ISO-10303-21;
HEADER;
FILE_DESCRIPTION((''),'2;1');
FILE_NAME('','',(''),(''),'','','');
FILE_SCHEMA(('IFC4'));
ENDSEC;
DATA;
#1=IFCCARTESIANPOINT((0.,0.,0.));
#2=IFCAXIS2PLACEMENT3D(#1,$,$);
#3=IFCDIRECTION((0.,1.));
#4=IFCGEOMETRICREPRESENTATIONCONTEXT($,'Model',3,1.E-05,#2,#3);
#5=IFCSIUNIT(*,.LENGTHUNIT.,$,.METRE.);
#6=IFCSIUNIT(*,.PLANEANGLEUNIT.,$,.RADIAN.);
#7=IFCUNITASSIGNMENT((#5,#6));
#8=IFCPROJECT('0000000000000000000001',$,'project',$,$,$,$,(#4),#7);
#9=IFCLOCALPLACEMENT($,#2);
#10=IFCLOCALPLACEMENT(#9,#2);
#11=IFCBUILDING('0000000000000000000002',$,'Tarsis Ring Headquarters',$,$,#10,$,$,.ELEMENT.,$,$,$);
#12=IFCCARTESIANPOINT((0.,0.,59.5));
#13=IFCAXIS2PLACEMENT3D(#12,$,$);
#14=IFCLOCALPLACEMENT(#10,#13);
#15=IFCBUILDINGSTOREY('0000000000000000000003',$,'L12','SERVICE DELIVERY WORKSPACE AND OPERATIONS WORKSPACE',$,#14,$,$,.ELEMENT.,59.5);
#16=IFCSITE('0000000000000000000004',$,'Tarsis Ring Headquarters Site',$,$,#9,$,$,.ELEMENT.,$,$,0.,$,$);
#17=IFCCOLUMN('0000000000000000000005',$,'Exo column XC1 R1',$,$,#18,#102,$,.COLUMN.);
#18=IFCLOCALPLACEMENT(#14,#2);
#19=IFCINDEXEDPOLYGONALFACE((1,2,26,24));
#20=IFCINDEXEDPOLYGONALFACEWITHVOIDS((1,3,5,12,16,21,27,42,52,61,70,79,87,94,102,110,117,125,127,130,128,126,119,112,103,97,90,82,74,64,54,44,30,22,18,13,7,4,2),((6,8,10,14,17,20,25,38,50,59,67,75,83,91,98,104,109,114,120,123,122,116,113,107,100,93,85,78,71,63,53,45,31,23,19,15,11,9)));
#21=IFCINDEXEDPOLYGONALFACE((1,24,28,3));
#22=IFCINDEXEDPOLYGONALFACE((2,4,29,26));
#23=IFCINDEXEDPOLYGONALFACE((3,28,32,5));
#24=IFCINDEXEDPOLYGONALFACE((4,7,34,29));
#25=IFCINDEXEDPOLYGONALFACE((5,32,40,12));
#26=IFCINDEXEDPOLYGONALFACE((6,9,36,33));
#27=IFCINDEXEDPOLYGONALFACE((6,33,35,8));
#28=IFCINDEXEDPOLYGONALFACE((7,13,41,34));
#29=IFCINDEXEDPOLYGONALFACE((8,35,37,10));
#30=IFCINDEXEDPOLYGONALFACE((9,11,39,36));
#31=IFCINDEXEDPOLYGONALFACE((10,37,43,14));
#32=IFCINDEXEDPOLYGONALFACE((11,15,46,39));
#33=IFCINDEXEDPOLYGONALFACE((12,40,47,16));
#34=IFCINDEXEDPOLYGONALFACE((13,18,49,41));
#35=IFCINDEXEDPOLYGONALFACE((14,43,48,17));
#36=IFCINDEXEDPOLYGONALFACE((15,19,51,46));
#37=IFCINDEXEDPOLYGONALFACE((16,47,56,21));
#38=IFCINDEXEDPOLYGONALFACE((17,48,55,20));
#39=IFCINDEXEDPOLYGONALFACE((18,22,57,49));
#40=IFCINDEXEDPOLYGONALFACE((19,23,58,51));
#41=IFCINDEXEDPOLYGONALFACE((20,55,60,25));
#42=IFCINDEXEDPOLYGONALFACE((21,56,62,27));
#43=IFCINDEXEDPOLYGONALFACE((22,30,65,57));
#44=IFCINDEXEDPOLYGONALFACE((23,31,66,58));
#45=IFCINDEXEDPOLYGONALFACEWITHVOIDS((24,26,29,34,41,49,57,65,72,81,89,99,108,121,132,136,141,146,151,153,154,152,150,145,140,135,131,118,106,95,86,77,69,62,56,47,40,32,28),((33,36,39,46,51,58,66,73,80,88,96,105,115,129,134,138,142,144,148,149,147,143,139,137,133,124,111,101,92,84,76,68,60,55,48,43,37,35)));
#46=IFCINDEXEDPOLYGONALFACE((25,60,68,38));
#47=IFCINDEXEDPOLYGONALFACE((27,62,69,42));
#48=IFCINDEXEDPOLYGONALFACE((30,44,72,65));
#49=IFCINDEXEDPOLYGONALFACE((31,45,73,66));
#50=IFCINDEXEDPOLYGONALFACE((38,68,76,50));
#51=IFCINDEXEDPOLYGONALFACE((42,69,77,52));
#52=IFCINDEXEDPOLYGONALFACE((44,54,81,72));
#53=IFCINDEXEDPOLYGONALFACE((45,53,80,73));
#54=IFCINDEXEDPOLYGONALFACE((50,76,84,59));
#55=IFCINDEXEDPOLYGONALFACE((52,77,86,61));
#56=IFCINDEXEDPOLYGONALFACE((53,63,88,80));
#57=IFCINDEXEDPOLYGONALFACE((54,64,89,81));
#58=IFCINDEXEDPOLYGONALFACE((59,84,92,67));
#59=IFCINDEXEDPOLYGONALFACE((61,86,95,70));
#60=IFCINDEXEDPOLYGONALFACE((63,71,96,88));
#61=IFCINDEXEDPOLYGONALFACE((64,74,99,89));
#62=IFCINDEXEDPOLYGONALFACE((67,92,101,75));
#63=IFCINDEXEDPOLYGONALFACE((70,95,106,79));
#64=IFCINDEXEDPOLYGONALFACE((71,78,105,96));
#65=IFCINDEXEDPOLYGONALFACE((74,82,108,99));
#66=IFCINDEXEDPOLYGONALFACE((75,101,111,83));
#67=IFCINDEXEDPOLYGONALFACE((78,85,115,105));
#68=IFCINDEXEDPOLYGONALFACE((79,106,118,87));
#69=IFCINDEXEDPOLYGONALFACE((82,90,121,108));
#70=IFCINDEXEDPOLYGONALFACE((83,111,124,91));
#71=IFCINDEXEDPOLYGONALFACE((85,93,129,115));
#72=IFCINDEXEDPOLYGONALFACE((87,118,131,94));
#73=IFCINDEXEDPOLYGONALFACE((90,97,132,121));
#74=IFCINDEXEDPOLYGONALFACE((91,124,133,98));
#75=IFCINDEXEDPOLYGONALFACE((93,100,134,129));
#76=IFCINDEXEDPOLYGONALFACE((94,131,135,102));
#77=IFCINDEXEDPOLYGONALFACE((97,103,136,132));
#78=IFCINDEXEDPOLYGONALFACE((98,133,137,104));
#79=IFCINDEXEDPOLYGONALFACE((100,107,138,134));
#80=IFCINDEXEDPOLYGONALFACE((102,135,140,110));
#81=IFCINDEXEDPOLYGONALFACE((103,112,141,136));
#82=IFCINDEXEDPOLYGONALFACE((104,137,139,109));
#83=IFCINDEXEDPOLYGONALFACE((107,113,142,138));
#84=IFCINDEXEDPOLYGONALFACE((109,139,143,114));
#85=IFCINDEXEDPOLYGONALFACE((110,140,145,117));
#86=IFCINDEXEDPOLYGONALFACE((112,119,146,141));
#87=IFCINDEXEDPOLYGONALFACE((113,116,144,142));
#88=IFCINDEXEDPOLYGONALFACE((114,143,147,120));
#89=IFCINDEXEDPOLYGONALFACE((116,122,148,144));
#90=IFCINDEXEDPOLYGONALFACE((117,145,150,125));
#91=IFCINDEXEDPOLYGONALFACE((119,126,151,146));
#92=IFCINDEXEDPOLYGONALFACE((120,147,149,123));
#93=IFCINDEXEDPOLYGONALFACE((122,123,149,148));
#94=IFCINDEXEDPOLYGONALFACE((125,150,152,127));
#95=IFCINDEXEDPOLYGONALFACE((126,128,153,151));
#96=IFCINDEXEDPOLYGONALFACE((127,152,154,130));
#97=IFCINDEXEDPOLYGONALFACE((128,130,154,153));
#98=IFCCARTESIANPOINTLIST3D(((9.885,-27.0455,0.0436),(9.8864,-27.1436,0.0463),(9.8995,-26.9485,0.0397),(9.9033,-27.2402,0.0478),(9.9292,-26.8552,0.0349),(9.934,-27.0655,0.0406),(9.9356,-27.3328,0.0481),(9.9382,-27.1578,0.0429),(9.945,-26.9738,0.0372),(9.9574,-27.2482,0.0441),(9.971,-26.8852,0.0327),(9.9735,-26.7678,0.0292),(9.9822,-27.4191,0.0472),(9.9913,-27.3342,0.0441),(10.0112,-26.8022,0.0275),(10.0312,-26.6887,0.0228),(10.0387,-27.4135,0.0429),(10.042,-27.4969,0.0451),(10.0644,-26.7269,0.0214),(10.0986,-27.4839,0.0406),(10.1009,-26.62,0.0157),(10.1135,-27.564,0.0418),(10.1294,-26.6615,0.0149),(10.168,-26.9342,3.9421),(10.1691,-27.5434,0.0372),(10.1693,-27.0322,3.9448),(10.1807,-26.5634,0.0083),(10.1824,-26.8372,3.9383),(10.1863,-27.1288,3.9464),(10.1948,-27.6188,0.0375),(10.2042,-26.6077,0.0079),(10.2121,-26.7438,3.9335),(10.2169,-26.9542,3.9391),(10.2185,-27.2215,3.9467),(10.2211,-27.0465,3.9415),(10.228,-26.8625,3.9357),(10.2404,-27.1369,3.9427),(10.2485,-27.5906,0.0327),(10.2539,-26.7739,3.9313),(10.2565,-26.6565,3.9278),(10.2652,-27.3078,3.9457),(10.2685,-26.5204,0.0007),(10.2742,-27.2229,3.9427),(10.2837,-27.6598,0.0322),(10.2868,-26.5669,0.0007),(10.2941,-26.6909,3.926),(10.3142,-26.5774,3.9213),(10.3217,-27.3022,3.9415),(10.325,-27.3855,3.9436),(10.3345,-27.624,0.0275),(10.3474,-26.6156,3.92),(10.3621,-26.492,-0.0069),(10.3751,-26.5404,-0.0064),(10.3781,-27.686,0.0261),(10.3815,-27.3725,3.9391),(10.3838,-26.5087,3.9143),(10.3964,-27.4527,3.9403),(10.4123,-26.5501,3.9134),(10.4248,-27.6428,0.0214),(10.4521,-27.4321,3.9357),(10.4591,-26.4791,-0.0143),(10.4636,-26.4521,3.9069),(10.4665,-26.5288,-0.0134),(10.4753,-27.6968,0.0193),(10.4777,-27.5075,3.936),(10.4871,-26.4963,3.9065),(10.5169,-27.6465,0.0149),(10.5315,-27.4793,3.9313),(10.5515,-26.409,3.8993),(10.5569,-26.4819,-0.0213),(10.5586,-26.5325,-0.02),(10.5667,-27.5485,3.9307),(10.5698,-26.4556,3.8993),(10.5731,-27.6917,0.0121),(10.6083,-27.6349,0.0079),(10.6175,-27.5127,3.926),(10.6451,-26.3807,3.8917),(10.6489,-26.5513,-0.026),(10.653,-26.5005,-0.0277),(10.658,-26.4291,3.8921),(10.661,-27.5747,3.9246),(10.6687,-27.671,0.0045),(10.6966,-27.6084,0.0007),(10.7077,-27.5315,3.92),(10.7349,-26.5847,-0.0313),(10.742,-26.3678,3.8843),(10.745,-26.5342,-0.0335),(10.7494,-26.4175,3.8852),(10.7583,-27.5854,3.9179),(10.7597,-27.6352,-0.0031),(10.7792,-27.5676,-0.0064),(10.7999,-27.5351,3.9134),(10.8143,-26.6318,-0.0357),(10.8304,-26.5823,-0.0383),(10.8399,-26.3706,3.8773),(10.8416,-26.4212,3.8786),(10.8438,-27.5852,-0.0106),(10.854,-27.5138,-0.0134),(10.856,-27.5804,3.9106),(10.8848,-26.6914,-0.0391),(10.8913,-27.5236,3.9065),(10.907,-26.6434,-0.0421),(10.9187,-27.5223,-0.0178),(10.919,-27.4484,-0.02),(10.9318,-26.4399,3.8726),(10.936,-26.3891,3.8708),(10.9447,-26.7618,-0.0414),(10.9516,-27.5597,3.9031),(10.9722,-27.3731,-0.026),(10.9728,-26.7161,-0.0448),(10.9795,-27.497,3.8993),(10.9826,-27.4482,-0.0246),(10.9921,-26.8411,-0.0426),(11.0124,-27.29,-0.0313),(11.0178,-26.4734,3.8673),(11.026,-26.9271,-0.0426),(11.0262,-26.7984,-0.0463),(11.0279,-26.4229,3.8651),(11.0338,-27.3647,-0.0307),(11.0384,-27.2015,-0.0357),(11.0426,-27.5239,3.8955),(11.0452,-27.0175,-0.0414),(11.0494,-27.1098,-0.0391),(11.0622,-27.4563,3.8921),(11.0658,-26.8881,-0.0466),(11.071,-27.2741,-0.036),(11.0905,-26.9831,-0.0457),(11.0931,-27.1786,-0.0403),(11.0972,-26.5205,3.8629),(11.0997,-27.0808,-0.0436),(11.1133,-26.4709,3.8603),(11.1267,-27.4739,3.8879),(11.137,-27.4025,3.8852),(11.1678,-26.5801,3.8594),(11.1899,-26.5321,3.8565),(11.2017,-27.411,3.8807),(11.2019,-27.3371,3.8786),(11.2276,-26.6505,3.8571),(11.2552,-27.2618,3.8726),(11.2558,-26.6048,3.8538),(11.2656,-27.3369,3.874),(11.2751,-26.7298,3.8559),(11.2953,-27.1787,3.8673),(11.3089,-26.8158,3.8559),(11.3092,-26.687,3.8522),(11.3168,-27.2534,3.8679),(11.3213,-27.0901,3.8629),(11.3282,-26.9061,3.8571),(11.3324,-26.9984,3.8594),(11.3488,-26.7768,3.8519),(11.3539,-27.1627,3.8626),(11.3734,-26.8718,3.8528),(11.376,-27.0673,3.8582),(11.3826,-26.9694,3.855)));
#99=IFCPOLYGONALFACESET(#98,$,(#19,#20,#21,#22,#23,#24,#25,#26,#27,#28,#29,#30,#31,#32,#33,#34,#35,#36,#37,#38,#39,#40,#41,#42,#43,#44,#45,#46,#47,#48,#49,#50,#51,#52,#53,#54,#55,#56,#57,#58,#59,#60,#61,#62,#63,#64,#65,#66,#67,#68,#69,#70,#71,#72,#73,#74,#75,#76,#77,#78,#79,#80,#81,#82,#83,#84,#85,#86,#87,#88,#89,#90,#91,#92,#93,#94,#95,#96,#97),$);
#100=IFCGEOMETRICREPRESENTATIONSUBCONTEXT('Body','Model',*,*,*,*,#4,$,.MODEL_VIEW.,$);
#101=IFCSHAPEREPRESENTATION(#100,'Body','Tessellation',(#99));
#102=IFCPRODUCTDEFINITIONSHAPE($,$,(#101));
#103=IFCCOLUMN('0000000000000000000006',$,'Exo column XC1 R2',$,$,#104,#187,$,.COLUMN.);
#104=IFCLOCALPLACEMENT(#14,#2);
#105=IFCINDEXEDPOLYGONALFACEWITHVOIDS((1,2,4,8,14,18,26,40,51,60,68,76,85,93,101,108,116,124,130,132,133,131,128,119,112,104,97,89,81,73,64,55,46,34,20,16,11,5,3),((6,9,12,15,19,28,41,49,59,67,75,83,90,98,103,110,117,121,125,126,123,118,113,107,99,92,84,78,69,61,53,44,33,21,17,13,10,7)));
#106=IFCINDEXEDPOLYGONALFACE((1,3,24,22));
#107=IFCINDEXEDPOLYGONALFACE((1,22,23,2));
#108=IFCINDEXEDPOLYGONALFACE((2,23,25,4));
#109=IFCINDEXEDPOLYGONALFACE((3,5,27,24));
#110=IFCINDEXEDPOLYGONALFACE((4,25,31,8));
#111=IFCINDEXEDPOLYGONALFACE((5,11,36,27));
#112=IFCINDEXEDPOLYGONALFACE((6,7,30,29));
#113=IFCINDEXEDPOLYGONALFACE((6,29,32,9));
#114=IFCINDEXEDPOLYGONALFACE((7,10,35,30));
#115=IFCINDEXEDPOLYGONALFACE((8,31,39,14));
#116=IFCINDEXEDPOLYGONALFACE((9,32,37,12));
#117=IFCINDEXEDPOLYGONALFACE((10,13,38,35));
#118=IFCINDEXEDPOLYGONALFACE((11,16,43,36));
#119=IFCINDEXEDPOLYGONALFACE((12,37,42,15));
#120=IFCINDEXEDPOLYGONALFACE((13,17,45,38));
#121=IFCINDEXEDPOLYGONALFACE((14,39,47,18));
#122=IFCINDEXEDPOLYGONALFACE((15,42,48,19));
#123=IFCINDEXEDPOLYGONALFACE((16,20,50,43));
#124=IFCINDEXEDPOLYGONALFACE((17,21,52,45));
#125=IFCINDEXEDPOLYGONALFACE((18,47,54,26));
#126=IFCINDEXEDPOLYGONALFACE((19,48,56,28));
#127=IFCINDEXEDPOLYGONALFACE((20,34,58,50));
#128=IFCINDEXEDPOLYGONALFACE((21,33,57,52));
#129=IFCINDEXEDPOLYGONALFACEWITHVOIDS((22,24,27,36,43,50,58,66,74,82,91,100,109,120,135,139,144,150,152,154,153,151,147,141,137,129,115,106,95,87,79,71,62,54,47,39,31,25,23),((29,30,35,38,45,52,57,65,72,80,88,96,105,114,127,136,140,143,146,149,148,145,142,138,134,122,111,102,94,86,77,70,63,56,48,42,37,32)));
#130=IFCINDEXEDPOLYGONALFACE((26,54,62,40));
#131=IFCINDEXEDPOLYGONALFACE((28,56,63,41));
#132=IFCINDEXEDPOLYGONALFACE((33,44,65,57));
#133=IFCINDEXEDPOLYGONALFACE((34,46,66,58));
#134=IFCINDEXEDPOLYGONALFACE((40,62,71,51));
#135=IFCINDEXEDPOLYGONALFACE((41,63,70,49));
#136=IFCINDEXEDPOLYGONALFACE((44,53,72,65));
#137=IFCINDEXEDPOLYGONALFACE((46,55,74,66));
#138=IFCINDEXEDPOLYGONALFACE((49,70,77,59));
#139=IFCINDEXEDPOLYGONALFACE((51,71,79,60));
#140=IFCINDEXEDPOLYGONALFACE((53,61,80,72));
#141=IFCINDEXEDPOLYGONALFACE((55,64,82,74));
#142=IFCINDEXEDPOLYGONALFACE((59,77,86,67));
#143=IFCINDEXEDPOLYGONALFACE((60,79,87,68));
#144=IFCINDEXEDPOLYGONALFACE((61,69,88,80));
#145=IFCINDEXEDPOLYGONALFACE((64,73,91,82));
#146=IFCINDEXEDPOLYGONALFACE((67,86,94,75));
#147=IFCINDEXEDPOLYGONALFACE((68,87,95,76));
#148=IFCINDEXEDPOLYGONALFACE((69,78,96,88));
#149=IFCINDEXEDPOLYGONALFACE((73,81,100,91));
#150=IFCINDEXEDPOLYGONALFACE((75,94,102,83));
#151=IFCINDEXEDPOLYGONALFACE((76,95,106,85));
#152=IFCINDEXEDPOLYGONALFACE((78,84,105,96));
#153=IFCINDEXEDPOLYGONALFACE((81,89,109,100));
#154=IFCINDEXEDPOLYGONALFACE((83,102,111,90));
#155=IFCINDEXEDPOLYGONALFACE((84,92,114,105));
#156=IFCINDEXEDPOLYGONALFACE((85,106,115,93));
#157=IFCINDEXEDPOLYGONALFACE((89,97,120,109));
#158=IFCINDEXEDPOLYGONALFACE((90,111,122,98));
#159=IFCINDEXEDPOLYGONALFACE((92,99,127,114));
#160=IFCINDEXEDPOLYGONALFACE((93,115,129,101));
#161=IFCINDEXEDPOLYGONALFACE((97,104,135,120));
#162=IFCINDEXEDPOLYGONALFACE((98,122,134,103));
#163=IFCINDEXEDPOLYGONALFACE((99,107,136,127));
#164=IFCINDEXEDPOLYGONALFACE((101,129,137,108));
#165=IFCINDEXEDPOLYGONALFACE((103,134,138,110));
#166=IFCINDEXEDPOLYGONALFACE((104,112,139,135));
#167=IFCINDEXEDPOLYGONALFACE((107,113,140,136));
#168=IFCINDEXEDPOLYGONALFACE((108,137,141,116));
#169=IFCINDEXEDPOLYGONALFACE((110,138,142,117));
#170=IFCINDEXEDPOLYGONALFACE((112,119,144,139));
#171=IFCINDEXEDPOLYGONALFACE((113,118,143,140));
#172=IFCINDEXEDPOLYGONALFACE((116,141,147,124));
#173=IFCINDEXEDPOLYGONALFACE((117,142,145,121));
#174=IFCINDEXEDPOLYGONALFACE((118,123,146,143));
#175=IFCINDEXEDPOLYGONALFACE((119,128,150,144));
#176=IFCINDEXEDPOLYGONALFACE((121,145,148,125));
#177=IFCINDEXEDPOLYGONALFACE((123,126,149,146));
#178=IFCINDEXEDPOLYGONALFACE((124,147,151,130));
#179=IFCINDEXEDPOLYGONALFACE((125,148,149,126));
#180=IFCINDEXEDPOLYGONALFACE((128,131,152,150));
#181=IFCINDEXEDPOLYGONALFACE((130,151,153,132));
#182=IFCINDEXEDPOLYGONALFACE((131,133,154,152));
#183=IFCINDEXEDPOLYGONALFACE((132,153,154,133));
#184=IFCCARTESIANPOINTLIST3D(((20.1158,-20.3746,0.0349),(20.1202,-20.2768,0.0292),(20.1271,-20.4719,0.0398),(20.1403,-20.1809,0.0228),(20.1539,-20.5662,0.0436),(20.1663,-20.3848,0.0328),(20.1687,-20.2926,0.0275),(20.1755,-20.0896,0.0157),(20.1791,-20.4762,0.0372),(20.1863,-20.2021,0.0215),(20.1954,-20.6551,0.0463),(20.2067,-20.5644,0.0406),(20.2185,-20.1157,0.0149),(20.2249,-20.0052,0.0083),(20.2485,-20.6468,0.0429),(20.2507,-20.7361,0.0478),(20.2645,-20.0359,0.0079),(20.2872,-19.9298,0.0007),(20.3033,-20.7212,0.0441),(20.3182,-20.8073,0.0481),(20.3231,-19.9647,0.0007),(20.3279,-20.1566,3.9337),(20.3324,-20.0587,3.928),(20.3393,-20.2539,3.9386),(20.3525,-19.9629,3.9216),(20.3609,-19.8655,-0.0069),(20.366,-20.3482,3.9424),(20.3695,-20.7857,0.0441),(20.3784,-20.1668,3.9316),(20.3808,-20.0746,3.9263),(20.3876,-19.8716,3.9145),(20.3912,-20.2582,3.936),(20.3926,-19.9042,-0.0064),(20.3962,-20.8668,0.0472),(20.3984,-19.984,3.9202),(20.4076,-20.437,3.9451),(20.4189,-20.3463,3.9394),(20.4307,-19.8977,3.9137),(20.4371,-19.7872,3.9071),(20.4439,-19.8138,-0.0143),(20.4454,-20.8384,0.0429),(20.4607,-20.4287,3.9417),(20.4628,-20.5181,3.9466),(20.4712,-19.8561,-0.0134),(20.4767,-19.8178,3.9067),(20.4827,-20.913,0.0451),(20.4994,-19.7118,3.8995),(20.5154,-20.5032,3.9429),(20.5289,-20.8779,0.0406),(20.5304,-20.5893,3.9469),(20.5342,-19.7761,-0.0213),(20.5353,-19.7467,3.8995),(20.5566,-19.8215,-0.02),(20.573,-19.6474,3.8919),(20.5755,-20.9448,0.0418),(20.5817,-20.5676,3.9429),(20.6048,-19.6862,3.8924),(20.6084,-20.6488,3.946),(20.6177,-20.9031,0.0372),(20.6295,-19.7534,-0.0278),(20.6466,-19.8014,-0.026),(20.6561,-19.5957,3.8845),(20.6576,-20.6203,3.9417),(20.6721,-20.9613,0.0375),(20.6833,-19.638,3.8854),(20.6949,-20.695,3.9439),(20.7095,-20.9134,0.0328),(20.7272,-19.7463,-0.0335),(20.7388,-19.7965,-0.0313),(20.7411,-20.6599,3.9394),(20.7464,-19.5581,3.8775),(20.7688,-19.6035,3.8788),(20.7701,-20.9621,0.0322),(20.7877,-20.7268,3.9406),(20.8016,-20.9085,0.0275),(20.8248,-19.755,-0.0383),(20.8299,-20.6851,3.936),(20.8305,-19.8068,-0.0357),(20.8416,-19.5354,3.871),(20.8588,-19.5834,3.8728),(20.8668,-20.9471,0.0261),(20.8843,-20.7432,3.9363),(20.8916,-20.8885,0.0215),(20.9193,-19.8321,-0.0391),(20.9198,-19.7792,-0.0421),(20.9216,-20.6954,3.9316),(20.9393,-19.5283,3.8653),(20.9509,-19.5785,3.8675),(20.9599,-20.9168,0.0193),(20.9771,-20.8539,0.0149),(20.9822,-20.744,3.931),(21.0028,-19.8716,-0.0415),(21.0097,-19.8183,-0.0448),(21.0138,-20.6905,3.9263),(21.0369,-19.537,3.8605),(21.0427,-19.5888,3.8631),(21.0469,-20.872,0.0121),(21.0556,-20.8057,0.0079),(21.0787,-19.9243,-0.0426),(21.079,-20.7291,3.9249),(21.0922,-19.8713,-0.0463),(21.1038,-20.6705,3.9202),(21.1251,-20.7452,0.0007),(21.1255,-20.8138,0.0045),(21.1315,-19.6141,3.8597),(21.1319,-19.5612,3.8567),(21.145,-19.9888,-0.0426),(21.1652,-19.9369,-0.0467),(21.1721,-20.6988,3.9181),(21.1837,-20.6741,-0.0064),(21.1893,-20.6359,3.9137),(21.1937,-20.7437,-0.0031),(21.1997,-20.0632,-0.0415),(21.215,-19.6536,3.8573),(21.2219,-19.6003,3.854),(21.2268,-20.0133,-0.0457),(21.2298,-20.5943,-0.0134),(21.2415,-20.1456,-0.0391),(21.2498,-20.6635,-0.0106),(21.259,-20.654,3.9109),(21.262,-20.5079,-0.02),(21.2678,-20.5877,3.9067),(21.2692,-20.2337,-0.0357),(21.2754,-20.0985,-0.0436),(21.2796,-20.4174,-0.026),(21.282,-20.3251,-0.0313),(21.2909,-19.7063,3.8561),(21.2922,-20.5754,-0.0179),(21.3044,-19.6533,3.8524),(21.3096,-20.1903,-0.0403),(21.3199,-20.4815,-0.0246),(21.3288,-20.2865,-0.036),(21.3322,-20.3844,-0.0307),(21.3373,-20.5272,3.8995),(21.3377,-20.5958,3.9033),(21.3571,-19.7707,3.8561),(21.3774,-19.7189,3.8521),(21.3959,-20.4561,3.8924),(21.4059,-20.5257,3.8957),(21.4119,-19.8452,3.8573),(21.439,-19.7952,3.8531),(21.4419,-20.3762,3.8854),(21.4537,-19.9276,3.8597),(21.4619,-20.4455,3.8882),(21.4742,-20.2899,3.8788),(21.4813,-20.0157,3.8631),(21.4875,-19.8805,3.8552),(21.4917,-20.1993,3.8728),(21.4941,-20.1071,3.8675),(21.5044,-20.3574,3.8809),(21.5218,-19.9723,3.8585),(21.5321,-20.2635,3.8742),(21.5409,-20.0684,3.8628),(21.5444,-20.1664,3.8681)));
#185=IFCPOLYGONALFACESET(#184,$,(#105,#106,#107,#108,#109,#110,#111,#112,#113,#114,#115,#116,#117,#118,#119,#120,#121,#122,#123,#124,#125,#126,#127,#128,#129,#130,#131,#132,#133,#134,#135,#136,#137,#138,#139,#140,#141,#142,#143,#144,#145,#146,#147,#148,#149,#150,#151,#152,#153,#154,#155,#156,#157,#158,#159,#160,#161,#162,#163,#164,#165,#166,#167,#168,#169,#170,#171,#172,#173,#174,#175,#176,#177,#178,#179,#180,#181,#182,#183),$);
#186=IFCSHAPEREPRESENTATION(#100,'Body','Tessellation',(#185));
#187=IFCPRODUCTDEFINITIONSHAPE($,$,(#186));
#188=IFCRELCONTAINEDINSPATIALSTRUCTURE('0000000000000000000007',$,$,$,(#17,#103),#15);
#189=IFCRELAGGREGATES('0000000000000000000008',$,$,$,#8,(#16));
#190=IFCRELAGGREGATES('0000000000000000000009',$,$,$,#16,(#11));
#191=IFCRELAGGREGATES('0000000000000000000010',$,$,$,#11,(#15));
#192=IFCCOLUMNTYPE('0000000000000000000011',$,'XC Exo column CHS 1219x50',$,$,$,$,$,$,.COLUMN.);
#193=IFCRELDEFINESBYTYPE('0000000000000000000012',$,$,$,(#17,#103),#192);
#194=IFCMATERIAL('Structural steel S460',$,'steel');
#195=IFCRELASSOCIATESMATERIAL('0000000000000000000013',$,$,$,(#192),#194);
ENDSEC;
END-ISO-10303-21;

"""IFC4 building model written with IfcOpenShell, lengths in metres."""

from ifc_helpers import new_model, si_unit, direction, frame, origin, origin_2d, place, context, subcontext, project, spatial, hollow_circle, extrude, material, material_profile, profile_set, type_object, element, save


model = new_model("IFC4")

# Units and contexts
model_context = context("Model", 3, precision=1e-05, world=origin(), true_north=direction((0.0, 1.0)))
body_context = subcontext(model_context, "Body", "Model", "MODEL_VIEW")
ifc_project = project(units=[si_unit("LENGTHUNIT", "METRE"), si_unit("PLANEANGLEUNIT", "RADIAN")], contexts=[model_context])

# Site, building, storey
site_placement = place(None, origin())
site = spatial("IfcSite", under=ifc_project, at=site_placement, Name="Tarsis Ring Headquarters Site", CompositionType="ELEMENT", RefElevation=0.0)
building_placement = place(site_placement, origin())
building = spatial("IfcBuilding", under=site, at=building_placement, Name="Tarsis Ring Headquarters", CompositionType="ELEMENT")
storey_placement = place(building_placement, frame((0.0, 0.0, 59.5)))
storey = spatial("IfcBuildingStorey", under=building, at=storey_placement, Name="L12", Description="SERVICE DELIVERY WORKSPACE AND OPERATIONS WORKSPACE", CompositionType="ELEMENT", Elevation=59.5)

# Columns
ifc_material_1 = material(Name="Structural steel S460", Category="steel")
ifc_material_profile_1 = material_profile(ifc_material_1, hollow_circle(Radius=0.6096, WallThickness=0.05, at=origin_2d()), Name="CHS 1219x50")
ifc_profile_set_1 = profile_set([ifc_material_profile_1], Name="Structural steel S460")
column_type = type_object("IfcColumnType", Name="XC Exo column CHS 1219x50", PredefinedType="COLUMN", material=ifc_profile_set_1)
column_1_placement = place(storey_placement, frame((10.4917, -27.0876, 0.0007), z_axis=(0.072358, 0.028469, 0.996972), x_axis=(-0.366124, 0.930566, 0.0)))
element("IfcColumn", 1, at=column_1_placement, inside=storey, type_object=column_type, Name="Exo column XC1 R1", PredefinedType="COLUMN", context=body_context, shape_type="SweptSolid", body=[
    extrude(hollow_circle(Radius=0.6096, WallThickness=0.05, at=origin_2d()), origin(), (0.0, 0.0, 1.0), 3.9104),
])
column_2_placement = place(storey_placement, frame((20.7241, -20.355, 0.0007), z_axis=(0.054253, 0.055751, 0.99697), x_axis=(-0.716672, 0.697411, 0.0)))
element("IfcColumn", 2, at=column_2_placement, inside=storey, type_object=column_type, Name="Exo column XC1 R2", PredefinedType="COLUMN", context=body_context, shape_type="SweptSolid", body=[
    extrude(hollow_circle(Radius=0.6096, WallThickness=0.05, at=origin_2d()), origin(), (0.0, 0.0, 1.0), 3.9106),
])

save(model, "model.ifc")
